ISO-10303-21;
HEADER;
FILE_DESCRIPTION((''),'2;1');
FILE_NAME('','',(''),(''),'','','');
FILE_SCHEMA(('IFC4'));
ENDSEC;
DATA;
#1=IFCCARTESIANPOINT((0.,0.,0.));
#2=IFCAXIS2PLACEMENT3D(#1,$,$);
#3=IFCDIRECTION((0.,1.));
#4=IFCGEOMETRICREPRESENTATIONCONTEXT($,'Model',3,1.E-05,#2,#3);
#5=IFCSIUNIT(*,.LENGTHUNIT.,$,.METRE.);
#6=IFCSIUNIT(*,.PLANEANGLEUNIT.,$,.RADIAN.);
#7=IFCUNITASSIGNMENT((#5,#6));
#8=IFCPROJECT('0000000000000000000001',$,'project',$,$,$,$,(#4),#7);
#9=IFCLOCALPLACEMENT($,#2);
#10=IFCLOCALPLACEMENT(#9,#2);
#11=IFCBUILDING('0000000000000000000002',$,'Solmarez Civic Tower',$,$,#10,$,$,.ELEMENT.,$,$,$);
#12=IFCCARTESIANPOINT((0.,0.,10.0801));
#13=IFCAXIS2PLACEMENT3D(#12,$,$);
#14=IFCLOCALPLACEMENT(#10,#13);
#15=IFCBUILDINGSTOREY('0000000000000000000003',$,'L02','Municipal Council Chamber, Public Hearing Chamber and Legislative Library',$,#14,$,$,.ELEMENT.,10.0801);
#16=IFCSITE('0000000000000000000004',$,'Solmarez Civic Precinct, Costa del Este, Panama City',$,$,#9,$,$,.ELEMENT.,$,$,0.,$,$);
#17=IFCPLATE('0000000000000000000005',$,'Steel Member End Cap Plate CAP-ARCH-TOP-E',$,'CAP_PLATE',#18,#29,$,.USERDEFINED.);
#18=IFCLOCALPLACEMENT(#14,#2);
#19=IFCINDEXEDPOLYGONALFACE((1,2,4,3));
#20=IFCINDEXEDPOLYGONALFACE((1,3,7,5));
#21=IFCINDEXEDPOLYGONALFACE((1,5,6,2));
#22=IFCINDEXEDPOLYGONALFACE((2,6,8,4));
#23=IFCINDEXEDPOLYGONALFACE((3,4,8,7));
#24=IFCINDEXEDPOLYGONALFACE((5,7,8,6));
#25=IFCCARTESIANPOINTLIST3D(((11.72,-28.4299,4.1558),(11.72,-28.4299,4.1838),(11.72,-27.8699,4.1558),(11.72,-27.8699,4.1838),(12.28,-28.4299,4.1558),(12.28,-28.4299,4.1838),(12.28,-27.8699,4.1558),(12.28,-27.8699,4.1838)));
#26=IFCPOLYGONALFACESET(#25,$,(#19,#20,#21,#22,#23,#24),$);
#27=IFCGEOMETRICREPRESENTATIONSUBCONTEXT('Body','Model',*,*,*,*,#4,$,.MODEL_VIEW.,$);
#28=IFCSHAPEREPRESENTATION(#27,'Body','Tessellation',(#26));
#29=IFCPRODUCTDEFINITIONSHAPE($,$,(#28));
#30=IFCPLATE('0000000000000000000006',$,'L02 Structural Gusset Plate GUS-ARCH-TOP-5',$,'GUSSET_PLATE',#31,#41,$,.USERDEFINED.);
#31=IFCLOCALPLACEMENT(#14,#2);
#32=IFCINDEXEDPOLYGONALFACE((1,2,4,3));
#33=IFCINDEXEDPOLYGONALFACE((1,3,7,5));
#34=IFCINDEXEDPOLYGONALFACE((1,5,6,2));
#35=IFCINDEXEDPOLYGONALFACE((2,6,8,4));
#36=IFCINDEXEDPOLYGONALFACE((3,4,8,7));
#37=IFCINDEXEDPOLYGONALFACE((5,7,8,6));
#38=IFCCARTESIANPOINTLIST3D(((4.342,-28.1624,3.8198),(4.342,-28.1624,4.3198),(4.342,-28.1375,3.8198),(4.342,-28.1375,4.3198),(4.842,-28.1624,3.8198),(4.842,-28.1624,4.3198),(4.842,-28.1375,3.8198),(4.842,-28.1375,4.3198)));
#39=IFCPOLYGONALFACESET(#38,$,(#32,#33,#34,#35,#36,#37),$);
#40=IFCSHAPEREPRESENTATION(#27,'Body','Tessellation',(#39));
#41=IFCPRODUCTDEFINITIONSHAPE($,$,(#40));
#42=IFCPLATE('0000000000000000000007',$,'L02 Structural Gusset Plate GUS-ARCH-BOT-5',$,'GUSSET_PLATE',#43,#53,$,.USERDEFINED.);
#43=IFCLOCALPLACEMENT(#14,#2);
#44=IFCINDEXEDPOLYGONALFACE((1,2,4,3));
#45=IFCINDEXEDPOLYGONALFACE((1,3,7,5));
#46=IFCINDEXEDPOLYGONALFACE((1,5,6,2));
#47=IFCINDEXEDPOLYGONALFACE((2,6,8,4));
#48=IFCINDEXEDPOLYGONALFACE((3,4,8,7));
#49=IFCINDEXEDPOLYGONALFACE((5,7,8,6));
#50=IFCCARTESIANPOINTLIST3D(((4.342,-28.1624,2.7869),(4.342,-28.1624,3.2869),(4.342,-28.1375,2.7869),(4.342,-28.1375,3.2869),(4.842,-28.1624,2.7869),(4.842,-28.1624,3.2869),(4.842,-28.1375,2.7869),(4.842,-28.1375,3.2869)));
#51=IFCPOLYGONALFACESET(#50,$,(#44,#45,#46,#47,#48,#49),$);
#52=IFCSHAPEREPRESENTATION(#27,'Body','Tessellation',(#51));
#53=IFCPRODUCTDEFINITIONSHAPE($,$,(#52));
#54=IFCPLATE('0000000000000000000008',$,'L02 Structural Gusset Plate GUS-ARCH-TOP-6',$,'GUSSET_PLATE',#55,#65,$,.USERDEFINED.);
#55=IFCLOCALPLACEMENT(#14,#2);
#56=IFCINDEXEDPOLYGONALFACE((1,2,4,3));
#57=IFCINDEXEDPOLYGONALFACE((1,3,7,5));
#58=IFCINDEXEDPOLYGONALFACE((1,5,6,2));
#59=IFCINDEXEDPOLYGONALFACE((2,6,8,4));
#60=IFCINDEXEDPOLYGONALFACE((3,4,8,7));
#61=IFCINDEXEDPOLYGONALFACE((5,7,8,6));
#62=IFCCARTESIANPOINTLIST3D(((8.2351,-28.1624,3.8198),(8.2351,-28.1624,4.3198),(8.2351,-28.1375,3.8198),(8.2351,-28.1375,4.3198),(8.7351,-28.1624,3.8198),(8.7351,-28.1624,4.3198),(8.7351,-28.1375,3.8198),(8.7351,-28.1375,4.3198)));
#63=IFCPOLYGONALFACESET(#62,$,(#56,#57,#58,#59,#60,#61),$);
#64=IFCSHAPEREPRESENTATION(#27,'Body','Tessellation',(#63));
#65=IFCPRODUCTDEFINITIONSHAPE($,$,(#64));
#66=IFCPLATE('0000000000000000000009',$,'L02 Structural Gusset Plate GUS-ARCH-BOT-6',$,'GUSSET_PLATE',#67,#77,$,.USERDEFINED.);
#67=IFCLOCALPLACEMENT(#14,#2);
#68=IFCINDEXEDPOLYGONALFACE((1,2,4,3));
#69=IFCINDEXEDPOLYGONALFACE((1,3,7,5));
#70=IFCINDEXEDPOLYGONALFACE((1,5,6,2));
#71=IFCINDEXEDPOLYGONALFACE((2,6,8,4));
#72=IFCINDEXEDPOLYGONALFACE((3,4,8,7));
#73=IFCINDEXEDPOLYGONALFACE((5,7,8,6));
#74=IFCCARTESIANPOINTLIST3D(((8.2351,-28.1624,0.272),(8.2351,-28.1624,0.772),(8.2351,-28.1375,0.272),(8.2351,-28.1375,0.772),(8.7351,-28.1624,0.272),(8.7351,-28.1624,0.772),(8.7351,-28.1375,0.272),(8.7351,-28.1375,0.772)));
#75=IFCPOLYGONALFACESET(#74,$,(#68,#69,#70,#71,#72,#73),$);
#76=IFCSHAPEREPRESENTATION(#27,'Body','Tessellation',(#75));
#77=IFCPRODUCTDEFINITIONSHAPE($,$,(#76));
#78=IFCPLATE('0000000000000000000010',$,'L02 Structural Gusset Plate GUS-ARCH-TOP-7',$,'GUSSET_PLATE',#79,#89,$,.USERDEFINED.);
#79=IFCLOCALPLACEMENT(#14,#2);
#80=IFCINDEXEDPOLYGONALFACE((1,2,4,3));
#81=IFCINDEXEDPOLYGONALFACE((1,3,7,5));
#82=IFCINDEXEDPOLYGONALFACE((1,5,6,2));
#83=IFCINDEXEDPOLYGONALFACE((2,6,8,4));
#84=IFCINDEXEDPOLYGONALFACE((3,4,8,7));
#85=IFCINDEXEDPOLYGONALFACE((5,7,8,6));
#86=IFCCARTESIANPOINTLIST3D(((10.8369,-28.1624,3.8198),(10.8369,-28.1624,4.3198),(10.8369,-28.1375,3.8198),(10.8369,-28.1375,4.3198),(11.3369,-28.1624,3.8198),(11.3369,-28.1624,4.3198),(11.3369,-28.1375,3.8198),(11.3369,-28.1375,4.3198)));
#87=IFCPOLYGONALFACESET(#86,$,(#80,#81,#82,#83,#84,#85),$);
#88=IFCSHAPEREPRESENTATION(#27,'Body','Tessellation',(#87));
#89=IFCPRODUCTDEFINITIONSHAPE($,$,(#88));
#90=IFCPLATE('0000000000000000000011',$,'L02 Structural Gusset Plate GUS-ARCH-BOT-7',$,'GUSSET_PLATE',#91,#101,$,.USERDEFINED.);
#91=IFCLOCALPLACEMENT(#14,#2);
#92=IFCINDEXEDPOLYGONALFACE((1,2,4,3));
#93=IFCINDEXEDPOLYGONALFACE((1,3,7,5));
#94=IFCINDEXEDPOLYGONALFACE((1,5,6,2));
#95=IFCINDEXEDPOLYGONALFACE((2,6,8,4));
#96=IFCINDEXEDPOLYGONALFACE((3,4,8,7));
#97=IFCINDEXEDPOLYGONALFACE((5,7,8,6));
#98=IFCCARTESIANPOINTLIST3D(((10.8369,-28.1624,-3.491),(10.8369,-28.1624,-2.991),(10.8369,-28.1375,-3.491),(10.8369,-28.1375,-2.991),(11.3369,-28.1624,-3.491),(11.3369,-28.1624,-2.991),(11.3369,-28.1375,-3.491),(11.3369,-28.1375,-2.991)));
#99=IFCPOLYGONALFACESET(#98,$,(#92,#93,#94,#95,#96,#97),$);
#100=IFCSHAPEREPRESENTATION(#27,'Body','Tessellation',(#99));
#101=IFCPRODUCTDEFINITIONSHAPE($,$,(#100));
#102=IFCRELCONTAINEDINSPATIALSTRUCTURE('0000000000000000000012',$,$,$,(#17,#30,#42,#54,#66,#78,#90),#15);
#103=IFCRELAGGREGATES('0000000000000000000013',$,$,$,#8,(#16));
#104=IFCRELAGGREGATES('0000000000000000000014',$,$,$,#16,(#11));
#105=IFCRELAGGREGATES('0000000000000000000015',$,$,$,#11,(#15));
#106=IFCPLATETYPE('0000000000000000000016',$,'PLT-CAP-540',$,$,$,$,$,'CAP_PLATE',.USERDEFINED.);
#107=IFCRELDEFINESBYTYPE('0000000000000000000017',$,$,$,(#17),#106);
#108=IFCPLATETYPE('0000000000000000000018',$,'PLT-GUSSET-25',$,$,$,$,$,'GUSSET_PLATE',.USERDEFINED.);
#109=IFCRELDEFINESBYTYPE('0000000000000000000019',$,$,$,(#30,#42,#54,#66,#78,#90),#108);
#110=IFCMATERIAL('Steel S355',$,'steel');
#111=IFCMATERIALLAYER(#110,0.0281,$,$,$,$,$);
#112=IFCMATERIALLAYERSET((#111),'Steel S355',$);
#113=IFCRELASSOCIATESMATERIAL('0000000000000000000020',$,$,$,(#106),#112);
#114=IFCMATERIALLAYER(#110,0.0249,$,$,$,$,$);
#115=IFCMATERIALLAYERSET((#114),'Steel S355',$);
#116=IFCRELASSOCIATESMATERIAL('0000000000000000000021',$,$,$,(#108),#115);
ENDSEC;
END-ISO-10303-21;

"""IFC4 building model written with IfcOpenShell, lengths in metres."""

from ifc_helpers import new_model, si_unit, direction, frame, origin, origin_2d, place, context, subcontext, project, spatial, rectangle, extrude, material, layer, layer_set, type_object, element, save


model = new_model("IFC4")

# Units and contexts
model_context = context("Model", 3, precision=1e-05, world=origin(), true_north=direction((0.0, 1.0)))
body_context = subcontext(model_context, "Body", "Model", "MODEL_VIEW")
ifc_project = project(units=[si_unit("LENGTHUNIT", "METRE"), si_unit("PLANEANGLEUNIT", "RADIAN")], contexts=[model_context])

# Site, building, storey
site_placement = place(None, origin())
site = spatial("IfcSite", under=ifc_project, at=site_placement, Name="Solmarez Civic Precinct, Costa del Este, Panama City", CompositionType="ELEMENT", RefElevation=0.0)
building_placement = place(site_placement, origin())
building = spatial("IfcBuilding", under=site, at=building_placement, Name="Solmarez Civic Tower", CompositionType="ELEMENT")
storey_placement = place(building_placement, frame((0.0, 0.0, 10.0801)))
storey = spatial("IfcBuildingStorey", under=building, at=storey_placement, Name="L02", Description="Municipal Council Chamber, Public Hearing Chamber and Legislative Library", CompositionType="ELEMENT", Elevation=10.0801)

# Shared definitions
ifc_material = material(Name="Steel S355", Category="steel")

# Plates
ifc_layer_1 = layer(ifc_material, 0.0281)
ifc_layer_set_1 = layer_set([ifc_layer_1], Name="Steel S355")
plate_type_1 = type_object("IfcPlateType", Name="PLT-CAP-540", ElementType="CAP_PLATE", PredefinedType="USERDEFINED", material=ifc_layer_set_1)
plate_placement = place(storey_placement, frame((12.0, -28.1499, 4.1558), z_axis=(0.0, 0.0, 1.0), x_axis=(1.0, 0.0, 0.0)))
element("IfcPlate", 1, at=plate_placement, inside=storey, type_object=plate_type_1, Name="Steel Member End Cap Plate CAP-ARCH-TOP-E", ObjectType="CAP_PLATE", PredefinedType="USERDEFINED", context=body_context, shape_type="SweptSolid", body=[
    extrude(rectangle(XDim=0.5601, YDim=0.5601, at=origin_2d()), origin(), (0.0, 0.0, 1.0), 0.0281),
])
ifc_layer_2 = layer(ifc_material, 0.0249)
ifc_layer_set_2 = layer_set([ifc_layer_2], Name="Steel S355")
plate_type_2 = type_object("IfcPlateType", Name="PLT-GUSSET-25", ElementType="GUSSET_PLATE", PredefinedType="USERDEFINED", material=ifc_layer_set_2)
for number, where, z_axis, x_axis, name in (
    (2, (4.592, -28.1499, 3.8198), (0.0, 0.0, 1.0), (1.0, 0.0, 0.0), "L02 Structural Gusset Plate GUS-ARCH-TOP-5"),
    (3, (4.592, -28.1499, 2.7869), (0.0, 0.0, 1.0), (1.0, 0.0, 0.0), "L02 Structural Gusset Plate GUS-ARCH-BOT-5"),
    (4, (8.4851, -28.1499, 3.8198), (0.0, 0.0, 1.0), (1.0, 0.0, 0.0), "L02 Structural Gusset Plate GUS-ARCH-TOP-6"),
    (5, (8.4851, -28.1499, 0.272), (0.0, 0.0, 1.0), (1.0, 0.0, 0.0), "L02 Structural Gusset Plate GUS-ARCH-BOT-6"),
    (6, (11.0869, -28.1499, 3.8198), (0.0, 0.0, 1.0), (1.0, 0.0, 0.0), "L02 Structural Gusset Plate GUS-ARCH-TOP-7"),
    (7, (11.0869, -28.1499, -3.491), (0.0, 0.0, 1.0), (1.0, 0.0, 0.0), "L02 Structural Gusset Plate GUS-ARCH-BOT-7"),
):
    element("IfcPlate", number, at=place(storey_placement, frame(where, z_axis=z_axis, x_axis=x_axis)), inside=storey, type_object=plate_type_2, Name=name, ObjectType="GUSSET_PLATE", PredefinedType="USERDEFINED", context=body_context, shape_type="SweptSolid", body=[
        extrude(rectangle(XDim=0.5, YDim=0.0249, at=origin_2d()), origin(), (0.0, 0.0, 1.0), 0.5),
    ])

save(model, "model.ifc")
